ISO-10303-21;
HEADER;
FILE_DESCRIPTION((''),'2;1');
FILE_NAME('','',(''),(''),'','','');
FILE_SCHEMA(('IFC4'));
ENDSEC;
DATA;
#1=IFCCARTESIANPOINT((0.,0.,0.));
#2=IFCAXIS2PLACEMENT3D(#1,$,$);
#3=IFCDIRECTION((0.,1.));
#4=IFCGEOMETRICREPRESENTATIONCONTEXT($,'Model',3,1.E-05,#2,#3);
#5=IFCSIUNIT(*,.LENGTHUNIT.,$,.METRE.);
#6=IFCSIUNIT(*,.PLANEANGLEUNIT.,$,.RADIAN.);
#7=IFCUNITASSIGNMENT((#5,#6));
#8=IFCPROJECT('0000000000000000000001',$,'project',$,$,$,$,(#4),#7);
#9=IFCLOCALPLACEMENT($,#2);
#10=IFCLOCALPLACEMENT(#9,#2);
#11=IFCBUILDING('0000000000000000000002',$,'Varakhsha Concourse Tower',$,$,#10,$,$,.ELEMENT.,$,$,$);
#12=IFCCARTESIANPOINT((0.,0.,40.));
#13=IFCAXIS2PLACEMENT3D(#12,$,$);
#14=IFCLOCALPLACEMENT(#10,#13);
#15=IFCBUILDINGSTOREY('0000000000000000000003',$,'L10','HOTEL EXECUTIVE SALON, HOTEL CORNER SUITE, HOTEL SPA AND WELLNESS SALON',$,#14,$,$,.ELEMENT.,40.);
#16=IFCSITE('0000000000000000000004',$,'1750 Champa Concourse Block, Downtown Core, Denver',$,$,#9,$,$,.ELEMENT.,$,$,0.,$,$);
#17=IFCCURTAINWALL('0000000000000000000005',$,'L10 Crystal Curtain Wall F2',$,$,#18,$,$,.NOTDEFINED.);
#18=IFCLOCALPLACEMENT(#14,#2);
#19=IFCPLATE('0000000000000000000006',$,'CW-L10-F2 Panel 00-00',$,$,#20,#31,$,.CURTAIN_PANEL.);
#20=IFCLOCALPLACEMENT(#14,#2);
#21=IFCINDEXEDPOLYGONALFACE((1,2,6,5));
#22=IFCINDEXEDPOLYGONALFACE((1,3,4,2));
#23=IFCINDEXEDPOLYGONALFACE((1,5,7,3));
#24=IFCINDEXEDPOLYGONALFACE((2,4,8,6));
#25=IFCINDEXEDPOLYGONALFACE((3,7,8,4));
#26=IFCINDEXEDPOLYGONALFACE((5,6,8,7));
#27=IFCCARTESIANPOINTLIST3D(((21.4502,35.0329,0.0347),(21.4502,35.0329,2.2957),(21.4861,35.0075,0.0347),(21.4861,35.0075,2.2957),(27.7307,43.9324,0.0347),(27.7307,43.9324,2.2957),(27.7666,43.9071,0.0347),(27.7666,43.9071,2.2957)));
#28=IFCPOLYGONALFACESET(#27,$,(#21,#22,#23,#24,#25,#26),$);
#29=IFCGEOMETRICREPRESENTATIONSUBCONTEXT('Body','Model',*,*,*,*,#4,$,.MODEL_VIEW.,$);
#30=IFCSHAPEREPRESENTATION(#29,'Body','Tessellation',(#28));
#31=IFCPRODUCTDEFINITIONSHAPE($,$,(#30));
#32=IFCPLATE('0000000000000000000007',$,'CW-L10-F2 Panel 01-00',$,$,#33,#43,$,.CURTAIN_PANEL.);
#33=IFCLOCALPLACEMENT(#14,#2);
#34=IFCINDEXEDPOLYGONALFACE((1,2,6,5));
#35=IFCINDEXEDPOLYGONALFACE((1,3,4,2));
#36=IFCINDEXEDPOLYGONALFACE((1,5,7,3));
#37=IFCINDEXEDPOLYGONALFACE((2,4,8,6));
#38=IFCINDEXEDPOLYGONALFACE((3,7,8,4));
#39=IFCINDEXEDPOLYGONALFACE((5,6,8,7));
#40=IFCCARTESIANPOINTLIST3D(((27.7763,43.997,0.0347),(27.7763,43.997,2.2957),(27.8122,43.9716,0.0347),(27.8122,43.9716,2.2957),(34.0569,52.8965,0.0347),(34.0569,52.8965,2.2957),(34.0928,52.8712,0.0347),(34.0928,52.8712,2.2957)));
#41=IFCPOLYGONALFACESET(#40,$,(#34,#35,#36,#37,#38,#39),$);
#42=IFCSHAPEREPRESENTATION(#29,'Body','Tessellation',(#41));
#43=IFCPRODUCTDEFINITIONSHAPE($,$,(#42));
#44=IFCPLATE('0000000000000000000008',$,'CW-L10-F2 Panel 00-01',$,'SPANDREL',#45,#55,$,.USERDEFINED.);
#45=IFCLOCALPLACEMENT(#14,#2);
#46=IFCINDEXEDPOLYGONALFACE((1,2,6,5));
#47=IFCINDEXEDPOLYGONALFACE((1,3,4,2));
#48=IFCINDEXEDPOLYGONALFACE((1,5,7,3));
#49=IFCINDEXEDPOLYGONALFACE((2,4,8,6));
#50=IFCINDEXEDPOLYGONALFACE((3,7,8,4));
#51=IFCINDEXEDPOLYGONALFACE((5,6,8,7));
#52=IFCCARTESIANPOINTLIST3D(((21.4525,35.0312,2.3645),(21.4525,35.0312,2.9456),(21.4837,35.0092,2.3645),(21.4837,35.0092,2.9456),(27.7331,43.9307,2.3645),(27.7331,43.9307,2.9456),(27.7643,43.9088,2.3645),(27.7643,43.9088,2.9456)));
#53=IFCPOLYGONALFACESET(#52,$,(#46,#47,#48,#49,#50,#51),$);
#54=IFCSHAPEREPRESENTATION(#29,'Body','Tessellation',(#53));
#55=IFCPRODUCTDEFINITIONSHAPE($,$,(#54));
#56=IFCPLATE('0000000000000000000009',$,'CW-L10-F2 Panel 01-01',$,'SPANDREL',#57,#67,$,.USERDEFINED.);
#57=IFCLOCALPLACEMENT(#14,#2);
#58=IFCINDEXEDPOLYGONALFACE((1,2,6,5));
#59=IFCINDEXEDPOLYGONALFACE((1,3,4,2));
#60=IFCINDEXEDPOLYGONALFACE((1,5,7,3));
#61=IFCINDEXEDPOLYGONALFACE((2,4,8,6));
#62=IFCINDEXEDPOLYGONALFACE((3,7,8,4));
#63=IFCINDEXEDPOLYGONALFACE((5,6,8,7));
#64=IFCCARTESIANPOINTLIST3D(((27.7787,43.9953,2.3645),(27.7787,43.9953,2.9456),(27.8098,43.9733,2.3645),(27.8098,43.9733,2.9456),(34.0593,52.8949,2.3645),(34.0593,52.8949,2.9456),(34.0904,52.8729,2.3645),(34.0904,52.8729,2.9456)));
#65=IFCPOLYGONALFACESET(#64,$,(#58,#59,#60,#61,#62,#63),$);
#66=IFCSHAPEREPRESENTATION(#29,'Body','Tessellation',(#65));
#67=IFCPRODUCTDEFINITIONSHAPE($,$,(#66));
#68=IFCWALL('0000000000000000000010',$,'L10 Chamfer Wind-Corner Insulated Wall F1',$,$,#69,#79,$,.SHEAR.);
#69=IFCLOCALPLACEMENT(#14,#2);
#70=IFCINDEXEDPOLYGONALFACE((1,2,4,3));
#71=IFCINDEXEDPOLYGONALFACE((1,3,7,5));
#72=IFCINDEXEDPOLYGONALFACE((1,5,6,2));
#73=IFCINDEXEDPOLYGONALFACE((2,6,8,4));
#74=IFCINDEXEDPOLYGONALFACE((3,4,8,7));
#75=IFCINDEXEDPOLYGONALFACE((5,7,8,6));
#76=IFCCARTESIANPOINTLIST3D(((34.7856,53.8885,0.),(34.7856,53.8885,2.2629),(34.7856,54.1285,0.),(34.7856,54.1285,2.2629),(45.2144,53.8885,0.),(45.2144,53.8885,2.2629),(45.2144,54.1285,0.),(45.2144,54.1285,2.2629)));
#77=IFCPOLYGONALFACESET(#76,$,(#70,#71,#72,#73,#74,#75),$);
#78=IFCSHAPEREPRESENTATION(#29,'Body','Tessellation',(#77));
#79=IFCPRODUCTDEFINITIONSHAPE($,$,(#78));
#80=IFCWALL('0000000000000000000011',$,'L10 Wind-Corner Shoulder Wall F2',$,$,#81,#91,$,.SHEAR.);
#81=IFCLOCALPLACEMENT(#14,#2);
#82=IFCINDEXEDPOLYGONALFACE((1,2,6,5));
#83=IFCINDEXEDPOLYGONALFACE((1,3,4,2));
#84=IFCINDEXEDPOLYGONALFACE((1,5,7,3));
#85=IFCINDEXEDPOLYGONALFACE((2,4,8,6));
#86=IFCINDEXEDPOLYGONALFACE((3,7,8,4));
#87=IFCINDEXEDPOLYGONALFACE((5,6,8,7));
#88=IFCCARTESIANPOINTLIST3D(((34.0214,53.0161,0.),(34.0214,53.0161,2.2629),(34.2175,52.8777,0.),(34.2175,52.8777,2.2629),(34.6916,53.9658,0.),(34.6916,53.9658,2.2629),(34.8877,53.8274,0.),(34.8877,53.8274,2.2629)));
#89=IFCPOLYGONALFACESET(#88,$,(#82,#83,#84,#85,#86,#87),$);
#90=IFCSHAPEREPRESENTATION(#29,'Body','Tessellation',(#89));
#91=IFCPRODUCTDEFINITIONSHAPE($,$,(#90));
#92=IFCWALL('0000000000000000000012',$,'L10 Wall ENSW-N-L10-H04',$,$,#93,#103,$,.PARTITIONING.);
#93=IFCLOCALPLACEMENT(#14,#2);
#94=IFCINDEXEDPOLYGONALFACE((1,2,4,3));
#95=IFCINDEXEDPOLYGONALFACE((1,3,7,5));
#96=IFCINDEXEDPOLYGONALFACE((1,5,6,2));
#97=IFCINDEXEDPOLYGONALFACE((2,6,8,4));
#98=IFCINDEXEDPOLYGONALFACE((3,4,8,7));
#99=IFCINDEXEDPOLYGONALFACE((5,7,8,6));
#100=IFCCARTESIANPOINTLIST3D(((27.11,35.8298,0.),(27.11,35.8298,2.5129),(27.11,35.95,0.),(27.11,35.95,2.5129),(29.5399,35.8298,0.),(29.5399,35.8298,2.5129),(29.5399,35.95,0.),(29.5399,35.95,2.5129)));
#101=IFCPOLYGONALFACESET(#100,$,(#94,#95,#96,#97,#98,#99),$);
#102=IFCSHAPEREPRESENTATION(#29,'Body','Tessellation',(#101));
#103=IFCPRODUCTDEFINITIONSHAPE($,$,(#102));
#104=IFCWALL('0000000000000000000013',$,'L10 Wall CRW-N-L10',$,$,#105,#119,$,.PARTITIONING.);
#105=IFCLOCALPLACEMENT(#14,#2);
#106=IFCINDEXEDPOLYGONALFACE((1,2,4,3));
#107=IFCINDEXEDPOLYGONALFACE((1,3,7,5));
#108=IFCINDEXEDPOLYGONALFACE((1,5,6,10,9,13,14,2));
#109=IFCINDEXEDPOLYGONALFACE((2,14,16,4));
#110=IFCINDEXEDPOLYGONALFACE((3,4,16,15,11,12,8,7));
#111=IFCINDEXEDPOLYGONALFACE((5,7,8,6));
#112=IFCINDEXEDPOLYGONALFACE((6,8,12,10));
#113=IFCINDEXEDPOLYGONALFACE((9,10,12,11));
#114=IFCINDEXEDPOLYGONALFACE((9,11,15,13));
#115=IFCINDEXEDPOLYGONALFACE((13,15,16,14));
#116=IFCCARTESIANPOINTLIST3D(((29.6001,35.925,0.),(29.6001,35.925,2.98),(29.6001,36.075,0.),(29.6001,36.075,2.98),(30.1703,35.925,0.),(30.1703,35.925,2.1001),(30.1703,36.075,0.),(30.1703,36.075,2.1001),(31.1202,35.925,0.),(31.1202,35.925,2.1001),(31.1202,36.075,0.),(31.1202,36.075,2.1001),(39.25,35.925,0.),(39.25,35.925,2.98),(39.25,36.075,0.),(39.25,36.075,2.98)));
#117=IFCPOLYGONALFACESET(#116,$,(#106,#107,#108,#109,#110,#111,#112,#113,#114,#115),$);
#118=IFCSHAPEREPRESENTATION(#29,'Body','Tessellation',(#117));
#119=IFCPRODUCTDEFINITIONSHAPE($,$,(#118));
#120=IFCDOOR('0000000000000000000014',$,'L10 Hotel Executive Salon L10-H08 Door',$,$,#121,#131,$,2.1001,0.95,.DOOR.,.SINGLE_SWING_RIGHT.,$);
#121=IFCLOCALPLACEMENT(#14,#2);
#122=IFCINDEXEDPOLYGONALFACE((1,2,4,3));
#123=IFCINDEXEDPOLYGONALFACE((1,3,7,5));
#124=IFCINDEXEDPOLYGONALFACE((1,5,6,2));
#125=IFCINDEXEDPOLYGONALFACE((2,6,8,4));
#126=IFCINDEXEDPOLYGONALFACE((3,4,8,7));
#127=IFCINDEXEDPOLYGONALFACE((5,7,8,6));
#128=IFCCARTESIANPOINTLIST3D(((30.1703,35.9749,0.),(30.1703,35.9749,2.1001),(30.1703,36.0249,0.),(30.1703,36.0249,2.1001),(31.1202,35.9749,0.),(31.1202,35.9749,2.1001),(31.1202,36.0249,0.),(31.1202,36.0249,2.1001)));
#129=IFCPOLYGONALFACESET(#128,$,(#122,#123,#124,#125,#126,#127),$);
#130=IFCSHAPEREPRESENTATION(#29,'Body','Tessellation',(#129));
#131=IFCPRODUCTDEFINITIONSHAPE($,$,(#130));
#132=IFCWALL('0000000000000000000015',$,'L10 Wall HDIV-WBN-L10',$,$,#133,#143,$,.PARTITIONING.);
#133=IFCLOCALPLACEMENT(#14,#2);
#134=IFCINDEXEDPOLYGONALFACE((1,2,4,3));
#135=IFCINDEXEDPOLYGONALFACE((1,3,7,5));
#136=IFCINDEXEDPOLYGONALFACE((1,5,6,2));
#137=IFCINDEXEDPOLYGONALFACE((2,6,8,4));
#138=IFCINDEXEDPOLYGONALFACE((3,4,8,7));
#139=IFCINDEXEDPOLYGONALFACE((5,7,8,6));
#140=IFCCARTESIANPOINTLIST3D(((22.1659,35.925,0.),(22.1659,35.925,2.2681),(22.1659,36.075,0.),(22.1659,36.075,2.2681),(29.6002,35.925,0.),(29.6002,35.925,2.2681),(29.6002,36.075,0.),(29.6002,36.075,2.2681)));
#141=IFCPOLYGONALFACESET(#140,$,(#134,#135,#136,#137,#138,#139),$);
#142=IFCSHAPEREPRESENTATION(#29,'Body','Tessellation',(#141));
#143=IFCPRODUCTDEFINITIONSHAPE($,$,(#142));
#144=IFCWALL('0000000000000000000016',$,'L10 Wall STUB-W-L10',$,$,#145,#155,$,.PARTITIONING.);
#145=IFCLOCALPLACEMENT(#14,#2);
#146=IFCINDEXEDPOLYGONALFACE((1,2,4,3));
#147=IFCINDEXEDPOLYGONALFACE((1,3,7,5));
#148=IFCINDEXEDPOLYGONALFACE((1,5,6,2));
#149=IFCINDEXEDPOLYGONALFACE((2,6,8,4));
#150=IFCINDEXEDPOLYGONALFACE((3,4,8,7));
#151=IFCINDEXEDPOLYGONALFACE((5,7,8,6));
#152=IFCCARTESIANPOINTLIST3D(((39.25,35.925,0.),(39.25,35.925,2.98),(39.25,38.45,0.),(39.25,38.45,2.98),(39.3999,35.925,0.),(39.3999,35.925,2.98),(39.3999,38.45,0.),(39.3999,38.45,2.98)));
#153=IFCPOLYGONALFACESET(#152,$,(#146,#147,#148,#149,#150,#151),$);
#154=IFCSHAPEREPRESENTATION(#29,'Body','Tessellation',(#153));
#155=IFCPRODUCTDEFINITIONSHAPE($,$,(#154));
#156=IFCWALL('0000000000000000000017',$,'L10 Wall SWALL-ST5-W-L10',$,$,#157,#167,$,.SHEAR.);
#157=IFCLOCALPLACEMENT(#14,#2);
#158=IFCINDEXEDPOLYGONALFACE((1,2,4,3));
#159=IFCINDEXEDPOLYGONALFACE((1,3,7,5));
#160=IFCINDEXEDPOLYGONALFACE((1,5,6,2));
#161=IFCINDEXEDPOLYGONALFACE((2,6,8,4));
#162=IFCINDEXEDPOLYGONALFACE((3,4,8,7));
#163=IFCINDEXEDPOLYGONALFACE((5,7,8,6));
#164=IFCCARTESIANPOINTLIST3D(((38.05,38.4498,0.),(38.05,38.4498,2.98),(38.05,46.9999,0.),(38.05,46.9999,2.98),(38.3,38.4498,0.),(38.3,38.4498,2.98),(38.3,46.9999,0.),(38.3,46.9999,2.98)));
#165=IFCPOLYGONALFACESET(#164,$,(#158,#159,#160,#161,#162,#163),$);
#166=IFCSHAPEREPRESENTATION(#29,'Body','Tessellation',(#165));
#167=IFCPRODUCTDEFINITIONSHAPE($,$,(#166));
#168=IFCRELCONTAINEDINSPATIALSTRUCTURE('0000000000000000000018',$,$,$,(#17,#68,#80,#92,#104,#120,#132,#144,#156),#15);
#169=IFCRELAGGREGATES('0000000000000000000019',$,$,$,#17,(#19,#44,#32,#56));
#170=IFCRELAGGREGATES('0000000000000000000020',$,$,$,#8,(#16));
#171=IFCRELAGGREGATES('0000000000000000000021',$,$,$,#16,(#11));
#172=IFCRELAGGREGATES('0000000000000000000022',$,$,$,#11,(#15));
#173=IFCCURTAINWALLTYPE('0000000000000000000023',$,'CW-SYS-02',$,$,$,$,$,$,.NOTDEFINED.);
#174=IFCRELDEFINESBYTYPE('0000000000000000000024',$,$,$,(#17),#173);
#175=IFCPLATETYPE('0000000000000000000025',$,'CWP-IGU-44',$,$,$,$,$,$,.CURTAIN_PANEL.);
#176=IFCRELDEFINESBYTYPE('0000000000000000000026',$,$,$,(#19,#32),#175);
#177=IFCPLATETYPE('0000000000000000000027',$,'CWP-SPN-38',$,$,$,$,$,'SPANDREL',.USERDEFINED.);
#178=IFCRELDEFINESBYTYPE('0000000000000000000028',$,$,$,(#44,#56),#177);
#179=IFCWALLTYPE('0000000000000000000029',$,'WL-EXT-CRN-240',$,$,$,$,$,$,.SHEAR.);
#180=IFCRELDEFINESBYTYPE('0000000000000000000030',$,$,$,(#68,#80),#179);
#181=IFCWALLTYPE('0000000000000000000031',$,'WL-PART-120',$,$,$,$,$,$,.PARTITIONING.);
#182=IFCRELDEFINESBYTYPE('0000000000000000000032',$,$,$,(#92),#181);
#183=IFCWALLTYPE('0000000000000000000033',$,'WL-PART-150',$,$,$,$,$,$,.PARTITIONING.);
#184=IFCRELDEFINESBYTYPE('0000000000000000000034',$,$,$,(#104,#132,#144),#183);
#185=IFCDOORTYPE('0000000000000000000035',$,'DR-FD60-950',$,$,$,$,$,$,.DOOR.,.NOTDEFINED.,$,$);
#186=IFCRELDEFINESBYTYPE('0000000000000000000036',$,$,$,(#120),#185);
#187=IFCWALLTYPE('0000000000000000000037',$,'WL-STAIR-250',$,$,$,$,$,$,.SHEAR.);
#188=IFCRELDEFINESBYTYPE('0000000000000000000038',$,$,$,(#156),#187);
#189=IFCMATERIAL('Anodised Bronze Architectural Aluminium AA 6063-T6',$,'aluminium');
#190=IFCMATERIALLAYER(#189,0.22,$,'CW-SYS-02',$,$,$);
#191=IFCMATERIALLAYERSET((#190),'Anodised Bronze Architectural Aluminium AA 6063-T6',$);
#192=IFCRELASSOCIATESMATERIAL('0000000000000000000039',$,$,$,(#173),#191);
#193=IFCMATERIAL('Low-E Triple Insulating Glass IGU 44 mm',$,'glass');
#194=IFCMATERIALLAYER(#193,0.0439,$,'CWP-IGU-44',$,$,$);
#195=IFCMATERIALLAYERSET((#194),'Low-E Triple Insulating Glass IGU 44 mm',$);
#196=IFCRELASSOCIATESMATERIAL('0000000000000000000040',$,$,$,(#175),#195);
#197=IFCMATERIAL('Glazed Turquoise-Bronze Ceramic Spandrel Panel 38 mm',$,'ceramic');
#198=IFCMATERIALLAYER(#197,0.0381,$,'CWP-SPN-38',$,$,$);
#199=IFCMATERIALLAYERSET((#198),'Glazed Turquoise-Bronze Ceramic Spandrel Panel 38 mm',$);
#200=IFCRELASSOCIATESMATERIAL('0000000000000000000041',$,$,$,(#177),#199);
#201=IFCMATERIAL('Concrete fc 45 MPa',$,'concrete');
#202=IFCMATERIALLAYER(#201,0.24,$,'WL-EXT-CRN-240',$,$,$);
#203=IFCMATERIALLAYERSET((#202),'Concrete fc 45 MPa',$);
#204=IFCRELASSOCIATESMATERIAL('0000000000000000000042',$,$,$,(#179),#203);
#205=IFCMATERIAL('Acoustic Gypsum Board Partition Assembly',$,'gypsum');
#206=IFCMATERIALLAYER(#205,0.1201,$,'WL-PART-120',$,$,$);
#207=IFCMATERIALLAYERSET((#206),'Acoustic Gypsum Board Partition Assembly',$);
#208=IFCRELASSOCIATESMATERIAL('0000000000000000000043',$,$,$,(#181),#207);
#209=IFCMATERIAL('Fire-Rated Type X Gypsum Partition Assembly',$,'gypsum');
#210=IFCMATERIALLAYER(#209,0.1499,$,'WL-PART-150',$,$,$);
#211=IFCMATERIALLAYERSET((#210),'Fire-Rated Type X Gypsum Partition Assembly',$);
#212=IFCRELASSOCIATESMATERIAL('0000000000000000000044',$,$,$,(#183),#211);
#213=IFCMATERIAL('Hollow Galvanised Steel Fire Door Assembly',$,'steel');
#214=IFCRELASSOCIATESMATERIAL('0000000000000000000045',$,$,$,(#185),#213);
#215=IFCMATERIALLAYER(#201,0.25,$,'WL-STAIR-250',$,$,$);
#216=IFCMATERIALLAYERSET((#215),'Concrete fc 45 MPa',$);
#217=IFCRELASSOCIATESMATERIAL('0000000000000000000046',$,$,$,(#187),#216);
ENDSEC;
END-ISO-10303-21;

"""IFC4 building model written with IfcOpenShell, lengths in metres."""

from ifc_helpers import new_model, si_unit, direction, frame, frame_2d, origin, origin_2d, place, context, subcontext, project, spatial, rectangle, extrude, source, transform, mapped, material, layer, layer_set, type_object, type_shapes, element, fill, aggregate, save


model = new_model("IFC4")

# Units and contexts
model_context = context("Model", 3, precision=1e-05, world=origin(), true_north=direction((0.0, 1.0)))
body_context = subcontext(model_context, "Body", "Model", "MODEL_VIEW")
ifc_project = project(units=[si_unit("LENGTHUNIT", "METRE"), si_unit("PLANEANGLEUNIT", "RADIAN")], contexts=[model_context])

# Site, building, storey
site_placement = place(None, origin())
site = spatial("IfcSite", under=ifc_project, at=site_placement, Name="1750 Champa Concourse Block, Downtown Core, Denver", CompositionType="ELEMENT", RefElevation=0.0)
building_placement = place(site_placement, origin())
building = spatial("IfcBuilding", under=site, at=building_placement, Name="Varakhsha Concourse Tower", CompositionType="ELEMENT")
storey_placement = place(building_placement, frame((0.0, 0.0, 40.0)))
storey = spatial("IfcBuildingStorey", under=building, at=storey_placement, Name="L10", Description="HOTEL EXECUTIVE SALON, HOTEL CORNER SUITE, HOTEL SPA AND WELLNESS SALON", CompositionType="ELEMENT", Elevation=40.0)

# Curtain wall
ifc_material_1 = material(Name="Anodised Bronze Architectural Aluminium AA 6063-T6", Category="aluminium")
ifc_layer_1 = layer(ifc_material_1, 0.22, Name="CW-SYS-02")
ifc_layer_set_1 = layer_set([ifc_layer_1], Name="Anodised Bronze Architectural Aluminium AA 6063-T6")
curtain_wall_type = type_object("IfcCurtainWallType", Name="CW-SYS-02", PredefinedType="NOTDEFINED", material=ifc_layer_set_1)
curtain_wall_1_placement = place(storey_placement, origin())
curtain_wall_1 = element("IfcCurtainWall", 1, at=curtain_wall_1_placement, inside=storey, type_object=curtain_wall_type, Name="L10 Crystal Curtain Wall F2", PredefinedType="NOTDEFINED")

# Plates
ifc_material_2 = material(Name="Low-E Triple Insulating Glass IGU 44 mm", Category="glass")
ifc_layer_2 = layer(ifc_material_2, 0.0439, Name="CWP-IGU-44")
ifc_layer_set_2 = layer_set([ifc_layer_2], Name="Low-E Triple Insulating Glass IGU 44 mm")
plate_type_1 = type_object("IfcPlateType", Name="CWP-IGU-44", PredefinedType="CURTAIN_PANEL", material=ifc_layer_set_2)
shared_shape_1 = source(origin(), body_context, "Body", "SweptSolid", [
    extrude(rectangle(XDim=10.8926, YDim=0.0439, at=origin_2d()), origin(), (0.0, 0.0, 1.0), 2.261),
])
type_shapes(plate_type_1, [shared_shape_1])
plate_1_placement = place(storey_placement, frame((24.6084, 39.47, 0.0347), z_axis=(0.0, 0.0, 1.0), x_axis=(0.576593, 0.817031, 0.0)))
plate_1 = element("IfcPlate", 2, at=plate_1_placement, type_object=plate_type_1, Name="CW-L10-F2 Panel 00-00", PredefinedType="CURTAIN_PANEL", context=body_context, shape_type="MappedRepresentation", body=[
    mapped(shared_shape_1, transform((0.0, 0.0, 0.0), scale=1.0)),
])
plate_2_placement = place(storey_placement, frame((30.9346, 48.4341, 0.0347), z_axis=(0.0, 0.0, 1.0), x_axis=(0.576593, 0.817031, 0.0)))
plate_2 = element("IfcPlate", 3, at=plate_2_placement, type_object=plate_type_1, Name="CW-L10-F2 Panel 01-00", PredefinedType="CURTAIN_PANEL", context=body_context, shape_type="MappedRepresentation", body=[
    mapped(shared_shape_1, transform((0.0, 0.0, 0.0), scale=1.0)),
])
ifc_material_3 = material(Name="Glazed Turquoise-Bronze Ceramic Spandrel Panel 38 mm", Category="ceramic")
ifc_layer_3 = layer(ifc_material_3, 0.0381, Name="CWP-SPN-38")
ifc_layer_set_3 = layer_set([ifc_layer_3], Name="Glazed Turquoise-Bronze Ceramic Spandrel Panel 38 mm")
plate_type_2 = type_object("IfcPlateType", Name="CWP-SPN-38", ElementType="SPANDREL", PredefinedType="USERDEFINED", material=ifc_layer_set_3)
shared_shape_2 = source(origin(), body_context, "Body", "SweptSolid", [
    extrude(rectangle(XDim=10.8926, YDim=0.0381, at=origin_2d()), origin(), (0.0, 0.0, 1.0), 0.5811),
])
type_shapes(plate_type_2, [shared_shape_2])
plate_3_placement = place(storey_placement, frame((24.6084, 39.47, 2.3645), z_axis=(0.0, 0.0, 1.0), x_axis=(0.576593, 0.817031, 0.0)))
plate_3 = element("IfcPlate", 4, at=plate_3_placement, type_object=plate_type_2, Name="CW-L10-F2 Panel 00-01", ObjectType="SPANDREL", PredefinedType="USERDEFINED", context=body_context, shape_type="MappedRepresentation", body=[
    mapped(shared_shape_2, transform((0.0, 0.0, 0.0), scale=1.0)),
])
plate_4_placement = place(storey_placement, frame((30.9346, 48.4341, 2.3645), z_axis=(0.0, 0.0, 1.0), x_axis=(0.576593, 0.817031, 0.0)))
plate_4 = element("IfcPlate", 5, at=plate_4_placement, type_object=plate_type_2, Name="CW-L10-F2 Panel 01-01", ObjectType="SPANDREL", PredefinedType="USERDEFINED", context=body_context, shape_type="MappedRepresentation", body=[
    mapped(shared_shape_2, transform((0.0, 0.0, 0.0), scale=1.0)),
])
aggregate(curtain_wall_1, [plate_1, plate_3, plate_2, plate_4])

# Walls
ifc_material_4 = material(Name="Concrete fc 45 MPa", Category="concrete")
ifc_layer_4 = layer(ifc_material_4, 0.24, Name="WL-EXT-CRN-240")
ifc_layer_set_4 = layer_set([ifc_layer_4], Name="Concrete fc 45 MPa")
wall_type_1 = type_object("IfcWallType", Name="WL-EXT-CRN-240", PredefinedType="SHEAR", material=ifc_layer_set_4)
wall_1_placement = place(storey_placement, frame((34.7856, 54.0085, 0.0), z_axis=(0.0, 0.0, 1.0), x_axis=(1.0, 0.0, 0.0)))
element("IfcWall", 6, at=wall_1_placement, inside=storey, type_object=wall_type_1, Name="L10 Chamfer Wind-Corner Insulated Wall F1", PredefinedType="SHEAR", context=body_context, shape_type="SweptSolid", body=[
    extrude(rectangle(XDim=10.4287, YDim=0.24, at=frame_2d((5.2144, 0.0))), origin(), (0.0, 0.0, 1.0), 2.2629),
])
wall_2_placement = place(storey_placement, frame((34.7896, 53.8965, 0.0), z_axis=(0.0, 0.0, 1.0), x_axis=(-0.576559, -0.817055, 0.0)))
element("IfcWall", 7, at=wall_2_placement, inside=storey, type_object=wall_type_1, Name="L10 Wind-Corner Shoulder Wall F2", PredefinedType="SHEAR", context=body_context, shape_type="SweptSolid", body=[
    extrude(rectangle(XDim=1.1624, YDim=0.24, at=frame_2d((0.5811, 0.0))), origin(), (0.0, 0.0, 1.0), 2.2629),
])
ifc_material_5 = material(Name="Acoustic Gypsum Board Partition Assembly", Category="gypsum")
ifc_layer_5 = layer(ifc_material_5, 0.1201, Name="WL-PART-120")
ifc_layer_set_5 = layer_set([ifc_layer_5], Name="Acoustic Gypsum Board Partition Assembly")
wall_type_2 = type_object("IfcWallType", Name="WL-PART-120", PredefinedType="PARTITIONING", material=ifc_layer_set_5)
wall_3_placement = place(storey_placement, frame((27.1101, 35.8899, 0.0), z_axis=(0.0, 0.0, 1.0), x_axis=(1.0, 0.0, 0.0)))
element("IfcWall", 8, at=wall_3_placement, inside=storey, type_object=wall_type_2, Name="L10 Wall ENSW-N-L10-H04", PredefinedType="PARTITIONING", context=body_context, shape_type="SweptSolid", body=[
    extrude(rectangle(XDim=2.4299, YDim=0.1201, at=frame_2d((1.2148, 0.0))), origin(), (0.0, 0.0, 1.0), 2.5129),
])

# Wall, opening, door
ifc_material_6 = material(Name="Fire-Rated Type X Gypsum Partition Assembly", Category="gypsum")
ifc_layer_6 = layer(ifc_material_6, 0.1499, Name="WL-PART-150")
ifc_layer_set_6 = layer_set([ifc_layer_6], Name="Fire-Rated Type X Gypsum Partition Assembly")
wall_type_3 = type_object("IfcWallType", Name="WL-PART-150", PredefinedType="PARTITIONING", material=ifc_layer_set_6)
wall_4_placement = place(storey_placement, frame((29.6001, 36.0, 0.0), z_axis=(0.0, 0.0, 1.0), x_axis=(1.0, 0.0, 0.0)))
wall_4 = element("IfcWall", 9, at=wall_4_placement, inside=storey, type_object=wall_type_3, Name="L10 Wall CRW-N-L10", PredefinedType="PARTITIONING", context=body_context, shape_type="SweptSolid", body=[
    extrude(rectangle(XDim=9.6499, YDim=0.1499, at=frame_2d((4.825, 0.0))), origin(), (0.0, 0.0, 1.0), 2.98),
])
opening_1_placement = place(wall_4_placement, frame((0.5701, 0.0, 0.0)))
opening_1 = element("IfcOpeningElement", 10, at=opening_1_placement, cuts=wall_4, PredefinedType="OPENING", context=body_context, shape_type="SweptSolid", body=[
    extrude(rectangle(XDim=0.95, YDim=2.1001, at=frame_2d((0.4751, 1.05))), frame((0.0, 0.085, 0.0), z_axis=(0.0, -1.0, 0.0), x_axis=(1.0, 0.0, 0.0)), (0.0, 0.0, 1.0), 0.1699),
])
ifc_material_7 = material(Name="Hollow Galvanised Steel Fire Door Assembly", Category="steel")
door_type_1 = type_object("IfcDoorType", Name="DR-FD60-950", OperationType="NOTDEFINED", PredefinedType="DOOR", material=ifc_material_7)
door_1_placement = place(opening_1_placement, origin())
door_1 = element("IfcDoor", 11, at=door_1_placement, inside=storey, type_object=door_type_1, Name="L10 Hotel Executive Salon L10-H08 Door", OperationType="SINGLE_SWING_RIGHT", OverallHeight=2.1001, OverallWidth=0.95, PredefinedType="DOOR", context=body_context, shape_type="SweptSolid", body=[
    extrude(rectangle(XDim=0.95, YDim=2.1001, at=frame_2d((0.4751, 1.05))), frame((0.0, 0.0249, 0.0), z_axis=(0.0, -1.0, 0.0), x_axis=(1.0, 0.0, 0.0)), (0.0, 0.0, 1.0), 0.05),
])
fill(opening_1, door_1)

# Walls
wall_5_placement = place(storey_placement, frame((22.1658, 36.0, 0.0), z_axis=(0.0, 0.0, 1.0), x_axis=(1.0, 0.0, 0.0)))
element("IfcWall", 12, at=wall_5_placement, inside=storey, type_object=wall_type_3, Name="L10 Wall HDIV-WBN-L10", PredefinedType="PARTITIONING", context=body_context, shape_type="SweptSolid", body=[
    extrude(rectangle(XDim=7.4343, YDim=0.1499, at=frame_2d((3.7173, 0.0))), origin(), (0.0, 0.0, 1.0), 2.2681),
])
wall_6_placement = place(storey_placement, frame((39.325, 35.925, 0.0), z_axis=(0.0, 0.0, 1.0), x_axis=(0.0, 1.0, 0.0)))
element("IfcWall", 13, at=wall_6_placement, inside=storey, type_object=wall_type_3, Name="L10 Wall STUB-W-L10", PredefinedType="PARTITIONING", context=body_context, shape_type="SweptSolid", body=[
    extrude(rectangle(XDim=2.5249, YDim=0.1499, at=frame_2d((1.2625, 0.0))), origin(), (0.0, 0.0, 1.0), 2.98),
])
ifc_layer_7 = layer(ifc_material_4, 0.25, Name="WL-STAIR-250")
ifc_layer_set_7 = layer_set([ifc_layer_7], Name="Concrete fc 45 MPa")
wall_type_4 = type_object("IfcWallType", Name="WL-STAIR-250", PredefinedType="SHEAR", material=ifc_layer_set_7)
wall_7_placement = place(storey_placement, frame((38.175, 38.45, 0.0), z_axis=(0.0, 0.0, 1.0), x_axis=(0.0, 1.0, 0.0)))
element("IfcWall", 14, at=wall_7_placement, inside=storey, type_object=wall_type_4, Name="L10 Wall SWALL-ST5-W-L10", PredefinedType="SHEAR", context=body_context, shape_type="SweptSolid", body=[
    extrude(rectangle(XDim=8.55, YDim=0.25, at=frame_2d((4.2749, 0.0))), origin(), (0.0, 0.0, 1.0), 2.98),
])

save(model, "model.ifc")
